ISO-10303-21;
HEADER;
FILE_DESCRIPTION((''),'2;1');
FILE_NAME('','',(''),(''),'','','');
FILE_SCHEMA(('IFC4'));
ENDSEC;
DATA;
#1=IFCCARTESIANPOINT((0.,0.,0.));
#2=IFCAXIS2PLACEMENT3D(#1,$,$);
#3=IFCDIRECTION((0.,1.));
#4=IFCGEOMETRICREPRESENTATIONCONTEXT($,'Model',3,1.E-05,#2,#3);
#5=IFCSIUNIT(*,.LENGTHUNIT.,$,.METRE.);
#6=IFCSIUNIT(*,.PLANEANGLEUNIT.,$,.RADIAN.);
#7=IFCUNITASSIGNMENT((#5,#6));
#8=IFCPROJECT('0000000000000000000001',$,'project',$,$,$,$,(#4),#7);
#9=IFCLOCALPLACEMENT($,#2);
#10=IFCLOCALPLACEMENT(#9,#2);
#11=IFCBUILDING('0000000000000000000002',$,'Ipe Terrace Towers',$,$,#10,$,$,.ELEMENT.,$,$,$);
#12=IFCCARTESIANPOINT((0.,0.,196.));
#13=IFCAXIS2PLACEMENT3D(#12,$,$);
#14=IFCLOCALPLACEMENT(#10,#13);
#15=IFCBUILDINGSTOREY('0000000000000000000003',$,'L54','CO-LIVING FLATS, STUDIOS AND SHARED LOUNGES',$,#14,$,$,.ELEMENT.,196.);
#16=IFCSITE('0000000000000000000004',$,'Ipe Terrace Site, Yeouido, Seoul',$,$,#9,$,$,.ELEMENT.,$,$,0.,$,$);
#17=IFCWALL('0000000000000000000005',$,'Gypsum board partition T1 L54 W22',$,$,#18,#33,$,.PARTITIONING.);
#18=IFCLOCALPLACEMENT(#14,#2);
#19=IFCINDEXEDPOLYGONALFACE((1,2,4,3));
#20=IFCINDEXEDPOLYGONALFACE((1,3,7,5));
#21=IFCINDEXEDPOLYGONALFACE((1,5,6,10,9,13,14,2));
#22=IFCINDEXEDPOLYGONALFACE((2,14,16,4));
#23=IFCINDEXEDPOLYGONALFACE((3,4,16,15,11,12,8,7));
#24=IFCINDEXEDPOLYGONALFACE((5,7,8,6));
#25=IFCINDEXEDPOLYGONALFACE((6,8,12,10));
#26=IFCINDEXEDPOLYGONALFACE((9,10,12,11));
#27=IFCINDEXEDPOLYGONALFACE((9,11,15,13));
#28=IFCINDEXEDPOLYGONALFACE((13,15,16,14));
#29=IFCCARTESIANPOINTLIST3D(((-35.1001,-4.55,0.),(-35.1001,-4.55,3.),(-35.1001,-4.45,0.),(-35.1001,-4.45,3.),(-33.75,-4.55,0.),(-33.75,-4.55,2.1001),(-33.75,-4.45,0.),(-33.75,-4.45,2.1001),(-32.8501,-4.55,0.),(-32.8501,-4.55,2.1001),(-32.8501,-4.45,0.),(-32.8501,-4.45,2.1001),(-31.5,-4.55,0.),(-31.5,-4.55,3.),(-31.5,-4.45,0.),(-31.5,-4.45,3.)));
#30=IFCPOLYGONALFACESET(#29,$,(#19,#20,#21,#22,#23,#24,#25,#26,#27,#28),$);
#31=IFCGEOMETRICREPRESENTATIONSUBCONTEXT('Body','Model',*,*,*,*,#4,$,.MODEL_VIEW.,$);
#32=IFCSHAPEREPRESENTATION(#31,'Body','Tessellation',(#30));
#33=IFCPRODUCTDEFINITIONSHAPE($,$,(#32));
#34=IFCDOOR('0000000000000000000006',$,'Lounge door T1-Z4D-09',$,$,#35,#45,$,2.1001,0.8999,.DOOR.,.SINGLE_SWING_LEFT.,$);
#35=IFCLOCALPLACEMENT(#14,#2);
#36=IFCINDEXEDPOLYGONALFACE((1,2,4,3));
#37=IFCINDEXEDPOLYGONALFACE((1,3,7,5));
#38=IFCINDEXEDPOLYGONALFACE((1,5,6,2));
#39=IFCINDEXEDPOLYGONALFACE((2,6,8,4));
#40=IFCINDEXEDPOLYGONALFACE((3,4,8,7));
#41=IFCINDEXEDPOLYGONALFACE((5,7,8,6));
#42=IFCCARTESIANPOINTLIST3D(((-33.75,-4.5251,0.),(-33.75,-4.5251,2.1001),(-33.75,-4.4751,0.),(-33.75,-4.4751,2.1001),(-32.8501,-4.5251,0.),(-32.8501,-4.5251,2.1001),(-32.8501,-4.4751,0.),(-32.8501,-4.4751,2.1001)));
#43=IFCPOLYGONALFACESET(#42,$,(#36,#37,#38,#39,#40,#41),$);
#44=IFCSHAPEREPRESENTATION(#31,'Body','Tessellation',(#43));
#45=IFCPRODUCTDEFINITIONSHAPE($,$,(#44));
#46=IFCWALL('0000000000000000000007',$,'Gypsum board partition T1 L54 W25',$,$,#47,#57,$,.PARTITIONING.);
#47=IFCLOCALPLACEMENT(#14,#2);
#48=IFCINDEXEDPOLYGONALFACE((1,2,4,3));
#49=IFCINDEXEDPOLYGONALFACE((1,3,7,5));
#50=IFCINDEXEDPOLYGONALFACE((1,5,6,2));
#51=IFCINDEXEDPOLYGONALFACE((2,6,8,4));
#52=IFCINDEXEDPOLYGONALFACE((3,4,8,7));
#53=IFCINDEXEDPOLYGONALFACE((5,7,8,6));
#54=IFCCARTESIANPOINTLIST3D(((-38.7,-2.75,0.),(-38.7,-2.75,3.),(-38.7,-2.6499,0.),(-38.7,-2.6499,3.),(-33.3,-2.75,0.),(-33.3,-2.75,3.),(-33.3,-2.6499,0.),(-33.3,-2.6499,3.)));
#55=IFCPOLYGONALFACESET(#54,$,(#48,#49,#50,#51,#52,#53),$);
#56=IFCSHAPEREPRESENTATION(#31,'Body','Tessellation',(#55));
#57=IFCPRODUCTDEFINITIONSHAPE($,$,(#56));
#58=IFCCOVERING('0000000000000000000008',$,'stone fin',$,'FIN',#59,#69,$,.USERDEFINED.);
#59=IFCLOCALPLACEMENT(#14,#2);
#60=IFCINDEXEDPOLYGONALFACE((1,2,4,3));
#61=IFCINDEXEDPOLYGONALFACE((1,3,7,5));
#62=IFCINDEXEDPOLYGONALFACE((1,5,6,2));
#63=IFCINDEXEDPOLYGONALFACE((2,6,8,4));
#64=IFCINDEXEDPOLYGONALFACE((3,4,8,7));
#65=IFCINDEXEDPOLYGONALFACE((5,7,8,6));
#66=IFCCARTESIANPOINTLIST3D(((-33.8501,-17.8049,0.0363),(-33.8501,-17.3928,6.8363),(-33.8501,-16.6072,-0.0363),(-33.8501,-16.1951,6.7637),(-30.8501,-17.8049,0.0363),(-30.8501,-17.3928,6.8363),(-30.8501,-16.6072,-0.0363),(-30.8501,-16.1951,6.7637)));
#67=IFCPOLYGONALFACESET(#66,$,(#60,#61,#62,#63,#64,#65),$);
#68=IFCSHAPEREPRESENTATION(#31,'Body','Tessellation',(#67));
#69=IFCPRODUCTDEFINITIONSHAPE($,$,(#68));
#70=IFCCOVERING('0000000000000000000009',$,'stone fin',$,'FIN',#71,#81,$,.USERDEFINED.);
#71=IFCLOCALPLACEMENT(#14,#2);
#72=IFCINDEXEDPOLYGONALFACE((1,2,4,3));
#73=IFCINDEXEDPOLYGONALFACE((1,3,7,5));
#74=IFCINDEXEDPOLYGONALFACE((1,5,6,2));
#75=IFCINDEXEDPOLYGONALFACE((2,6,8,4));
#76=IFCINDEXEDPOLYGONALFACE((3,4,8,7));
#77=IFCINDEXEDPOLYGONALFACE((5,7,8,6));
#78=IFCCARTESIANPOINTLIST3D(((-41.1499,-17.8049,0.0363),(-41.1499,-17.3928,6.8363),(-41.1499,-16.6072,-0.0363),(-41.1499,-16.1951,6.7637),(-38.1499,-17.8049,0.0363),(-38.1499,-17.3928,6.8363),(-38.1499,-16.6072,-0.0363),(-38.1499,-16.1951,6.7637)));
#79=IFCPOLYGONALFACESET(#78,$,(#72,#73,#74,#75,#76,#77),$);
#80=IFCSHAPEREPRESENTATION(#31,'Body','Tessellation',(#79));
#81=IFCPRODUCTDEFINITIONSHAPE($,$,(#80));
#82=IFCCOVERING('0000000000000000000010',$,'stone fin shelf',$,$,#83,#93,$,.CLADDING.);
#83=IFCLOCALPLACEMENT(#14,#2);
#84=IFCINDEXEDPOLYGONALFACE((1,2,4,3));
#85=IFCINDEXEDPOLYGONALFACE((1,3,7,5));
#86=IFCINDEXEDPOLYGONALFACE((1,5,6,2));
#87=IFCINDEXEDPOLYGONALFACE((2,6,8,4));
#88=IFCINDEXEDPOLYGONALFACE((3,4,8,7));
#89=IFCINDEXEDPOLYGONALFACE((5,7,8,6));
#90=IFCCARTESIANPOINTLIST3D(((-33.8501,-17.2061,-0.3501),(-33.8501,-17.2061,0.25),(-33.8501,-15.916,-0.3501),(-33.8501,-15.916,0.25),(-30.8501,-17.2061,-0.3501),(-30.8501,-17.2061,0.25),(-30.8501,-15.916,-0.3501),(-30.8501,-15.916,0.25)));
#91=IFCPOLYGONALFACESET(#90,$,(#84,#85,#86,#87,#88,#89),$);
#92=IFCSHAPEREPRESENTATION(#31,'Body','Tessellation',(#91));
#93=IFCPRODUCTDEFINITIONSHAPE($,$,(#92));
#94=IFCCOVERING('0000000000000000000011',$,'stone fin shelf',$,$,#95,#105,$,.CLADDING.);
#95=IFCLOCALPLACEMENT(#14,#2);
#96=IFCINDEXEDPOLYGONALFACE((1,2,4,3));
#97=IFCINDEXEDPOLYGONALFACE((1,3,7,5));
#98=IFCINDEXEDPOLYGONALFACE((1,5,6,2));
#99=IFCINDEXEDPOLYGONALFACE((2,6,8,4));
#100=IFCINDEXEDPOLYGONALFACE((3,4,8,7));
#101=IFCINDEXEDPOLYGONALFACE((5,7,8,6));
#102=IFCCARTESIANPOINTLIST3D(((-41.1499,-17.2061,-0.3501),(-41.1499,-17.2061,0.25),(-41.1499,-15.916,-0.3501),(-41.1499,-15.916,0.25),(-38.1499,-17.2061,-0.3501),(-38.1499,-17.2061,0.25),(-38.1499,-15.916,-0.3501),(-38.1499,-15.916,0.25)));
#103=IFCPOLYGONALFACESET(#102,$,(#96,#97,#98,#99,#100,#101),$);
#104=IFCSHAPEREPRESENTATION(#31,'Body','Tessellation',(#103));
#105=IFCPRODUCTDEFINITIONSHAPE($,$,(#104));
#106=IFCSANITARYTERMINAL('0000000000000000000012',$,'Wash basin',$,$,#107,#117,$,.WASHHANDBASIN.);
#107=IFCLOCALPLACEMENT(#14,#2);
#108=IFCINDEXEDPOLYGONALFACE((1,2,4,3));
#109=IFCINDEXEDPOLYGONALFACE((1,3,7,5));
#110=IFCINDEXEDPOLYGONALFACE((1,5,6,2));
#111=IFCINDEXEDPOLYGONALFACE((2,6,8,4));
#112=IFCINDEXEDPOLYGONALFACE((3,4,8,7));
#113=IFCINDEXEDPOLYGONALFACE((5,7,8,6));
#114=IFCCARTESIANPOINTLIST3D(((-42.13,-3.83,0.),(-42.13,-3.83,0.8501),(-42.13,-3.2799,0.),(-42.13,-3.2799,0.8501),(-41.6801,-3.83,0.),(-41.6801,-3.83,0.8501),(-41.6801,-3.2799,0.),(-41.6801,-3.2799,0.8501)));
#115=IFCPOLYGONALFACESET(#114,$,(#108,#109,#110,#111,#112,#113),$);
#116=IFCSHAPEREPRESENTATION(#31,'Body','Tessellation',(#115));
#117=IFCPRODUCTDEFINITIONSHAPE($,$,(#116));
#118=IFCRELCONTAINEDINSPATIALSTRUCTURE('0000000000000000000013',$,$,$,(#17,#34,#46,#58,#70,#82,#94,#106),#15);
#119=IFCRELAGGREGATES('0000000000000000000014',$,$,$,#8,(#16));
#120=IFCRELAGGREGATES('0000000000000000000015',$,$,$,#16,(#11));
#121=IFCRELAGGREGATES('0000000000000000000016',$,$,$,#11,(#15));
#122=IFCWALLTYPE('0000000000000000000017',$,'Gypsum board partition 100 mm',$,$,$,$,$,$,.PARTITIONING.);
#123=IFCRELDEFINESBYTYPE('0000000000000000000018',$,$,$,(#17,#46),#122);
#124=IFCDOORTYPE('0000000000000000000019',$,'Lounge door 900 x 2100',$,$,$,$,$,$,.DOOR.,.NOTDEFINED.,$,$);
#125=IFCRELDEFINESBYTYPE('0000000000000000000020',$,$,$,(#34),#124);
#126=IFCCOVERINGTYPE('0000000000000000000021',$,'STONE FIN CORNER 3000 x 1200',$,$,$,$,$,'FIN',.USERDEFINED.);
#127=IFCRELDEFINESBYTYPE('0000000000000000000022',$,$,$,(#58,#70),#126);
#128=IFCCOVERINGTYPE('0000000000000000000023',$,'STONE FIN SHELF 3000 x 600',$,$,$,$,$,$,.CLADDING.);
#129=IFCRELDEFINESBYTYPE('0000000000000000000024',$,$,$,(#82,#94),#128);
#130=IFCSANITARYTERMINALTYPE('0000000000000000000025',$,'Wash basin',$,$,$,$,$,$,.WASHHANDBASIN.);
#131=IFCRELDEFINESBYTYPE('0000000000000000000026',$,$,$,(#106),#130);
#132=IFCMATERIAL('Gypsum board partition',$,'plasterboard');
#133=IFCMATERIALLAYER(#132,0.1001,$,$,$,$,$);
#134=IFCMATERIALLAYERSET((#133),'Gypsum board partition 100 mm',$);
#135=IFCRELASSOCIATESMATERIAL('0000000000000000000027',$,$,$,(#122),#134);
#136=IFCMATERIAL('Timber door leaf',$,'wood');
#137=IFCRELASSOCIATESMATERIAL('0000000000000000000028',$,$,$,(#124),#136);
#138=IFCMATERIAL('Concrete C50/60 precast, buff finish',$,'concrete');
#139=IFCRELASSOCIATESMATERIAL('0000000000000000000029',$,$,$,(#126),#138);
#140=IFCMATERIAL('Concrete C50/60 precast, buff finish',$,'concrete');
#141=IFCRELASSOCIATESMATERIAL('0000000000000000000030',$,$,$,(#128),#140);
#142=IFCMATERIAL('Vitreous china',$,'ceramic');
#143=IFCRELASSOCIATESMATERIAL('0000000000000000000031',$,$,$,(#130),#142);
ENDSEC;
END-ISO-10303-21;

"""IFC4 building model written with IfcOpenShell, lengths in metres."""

from ifc_helpers import new_model, si_unit, direction, frame, frame_2d, origin, origin_2d, place, context, subcontext, project, spatial, rectangle, extrude, material, layer, layer_set, material_profile, profile_set, type_object, element, fill, save


model = new_model("IFC4")

# Units and contexts
model_context = context("Model", 3, precision=1e-05, world=origin(), true_north=direction((0.0, 1.0)))
body_context = subcontext(model_context, "Body", "Model", "MODEL_VIEW")
ifc_project = project(units=[si_unit("LENGTHUNIT", "METRE"), si_unit("PLANEANGLEUNIT", "RADIAN")], contexts=[model_context])

# Site, building, storey
site_placement = place(None, origin())
site = spatial("IfcSite", under=ifc_project, at=site_placement, Name="Ipe Terrace Site, Yeouido, Seoul", CompositionType="ELEMENT", RefElevation=0.0)
building_placement = place(site_placement, origin())
building = spatial("IfcBuilding", under=site, at=building_placement, Name="Ipe Terrace Towers", CompositionType="ELEMENT")
storey_placement = place(building_placement, frame((0.0, 0.0, 196.0)))
storey = spatial("IfcBuildingStorey", under=building, at=storey_placement, Name="L54", Description="CO-LIVING FLATS, STUDIOS AND SHARED LOUNGES", CompositionType="ELEMENT", Elevation=196.0)

# Shared definitions
ifc_material_1 = material(Name="Gypsum board partition", Category="plasterboard")
ifc_layer_1 = layer(ifc_material_1, 0.1001)
ifc_layer_set_1 = layer_set([ifc_layer_1], Name="Gypsum board partition 100 mm")
wall_type_1 = type_object("IfcWallType", Name="Gypsum board partition 100 mm", PredefinedType="PARTITIONING", material=ifc_layer_set_1)

# Shared definitions
ifc_material_2 = material(Name="Timber door leaf", Category="wood")
door_type = type_object("IfcDoorType", Name="Lounge door 900 x 2100", OperationType="NOTDEFINED", PredefinedType="DOOR", material=ifc_material_2)

# Wall, opening, door
wall_1_placement = place(storey_placement, frame((-35.1001, -4.5, 0.0), z_axis=(0.0, 0.0, 1.0), x_axis=(1.0, 0.0, 0.0)))
wall_1 = element("IfcWall", 1, at=wall_1_placement, inside=storey, type_object=wall_type_1, Name="Gypsum board partition T1 L54 W22", PredefinedType="PARTITIONING", context=body_context, shape_type="SweptSolid", body=[
    extrude(rectangle(XDim=3.6001, YDim=0.1001, at=frame_2d((1.8, 0.0))), origin(), (0.0, 0.0, 1.0), 3.0),
])
opening_1_placement = place(wall_1_placement, frame((1.3501, 0.0, 0.0)))
opening_1 = element("IfcOpeningElement", 2, at=opening_1_placement, cuts=wall_1, PredefinedType="OPENING", context=body_context, shape_type="SweptSolid", body=[
    extrude(rectangle(XDim=0.8999, YDim=2.1001, at=frame_2d((0.45, 1.05))), frame((0.0, 0.0601, 0.0), z_axis=(0.0, -1.0, 0.0), x_axis=(1.0, 0.0, 0.0)), (0.0, 0.0, 1.0), 0.1201),
])
door_1_placement = place(opening_1_placement, origin())
door_1 = element("IfcDoor", 3, at=door_1_placement, inside=storey, type_object=door_type, Name="Lounge door T1-Z4D-09", OperationType="SINGLE_SWING_LEFT", OverallHeight=2.1001, OverallWidth=0.8999, PredefinedType="DOOR", context=body_context, shape_type="SweptSolid", body=[
    extrude(rectangle(XDim=0.8999, YDim=2.1001, at=frame_2d((0.45, 1.05))), frame((0.0, 0.0249, 0.0), z_axis=(0.0, -1.0, 0.0), x_axis=(1.0, 0.0, 0.0)), (0.0, 0.0, 1.0), 0.05),
])
fill(opening_1, door_1)

# Wall
wall_2_placement = place(storey_placement, frame((-38.7, -2.7, 0.0), z_axis=(0.0, 0.0, 1.0), x_axis=(1.0, 0.0, 0.0)))
element("IfcWall", 4, at=wall_2_placement, inside=storey, type_object=wall_type_1, Name="Gypsum board partition T1 L54 W25", PredefinedType="PARTITIONING", context=body_context, shape_type="SweptSolid", body=[
    extrude(rectangle(XDim=5.3999, YDim=0.1001, at=frame_2d((2.7, 0.0))), origin(), (0.0, 0.0, 1.0), 3.0),
])

# Coverings
ifc_material_3 = material(Name="Concrete C50/60 precast, buff finish", Category="concrete")
ifc_material_profile_1 = material_profile(ifc_material_3, rectangle(XDim=3.0, YDim=1.2, at=origin_2d()), Name="STONE FIN CORNER 3000 x 1200")
ifc_profile_set_1 = profile_set([ifc_material_profile_1], Name="Concrete C50/60 precast, buff finish")
covering_type_1 = type_object("IfcCoveringType", Name="STONE FIN CORNER 3000 x 1200", ElementType="FIN", PredefinedType="USERDEFINED", material=ifc_profile_set_1)
for number, where, z_axis, x_axis, name in (
    (5, (-32.3501, -17.2061, 0.0), (0.0, 0.060493, 0.998169), (1.0, 0.0, 0.0), "stone fin"),
    (6, (-39.6499, -17.2061, 0.0), (0.0, 0.060493, 0.998169), (1.0, 0.0, 0.0), "stone fin"),
):
    element("IfcCovering", number, at=place(storey_placement, frame(where, z_axis=z_axis, x_axis=x_axis)), inside=storey, type_object=covering_type_1, Name=name, ObjectType="FIN", PredefinedType="USERDEFINED", context=body_context, shape_type="SweptSolid", body=[
        extrude(rectangle(XDim=3.0, YDim=1.2, at=origin_2d()), origin(), (0.0, 0.0, 1.0), 6.8125),
    ])
ifc_material_4 = material(Name="Concrete C50/60 precast, buff finish", Category="concrete")
covering_type_2 = type_object("IfcCoveringType", Name="STONE FIN SHELF 3000 x 600", PredefinedType="CLADDING", material=ifc_material_4)
for number, where, z_axis, x_axis, name in (
    (7, (-32.3501, -16.561, -0.3501), (0.0, 0.0, 1.0), (1.0, 0.0, 0.0), "stone fin shelf"),
    (8, (-39.6499, -16.561, -0.3501), (0.0, 0.0, 1.0), (1.0, 0.0, 0.0), "stone fin shelf"),
):
    element("IfcCovering", number, at=place(storey_placement, frame(where, z_axis=z_axis, x_axis=x_axis)), inside=storey, type_object=covering_type_2, Name=name, PredefinedType="CLADDING", context=body_context, shape_type="SweptSolid", body=[
        extrude(rectangle(XDim=3.0, YDim=1.29, at=origin_2d()), origin(), (0.0, 0.0, 1.0), 0.6001),
    ])

# Sanitary terminal
ifc_material_5 = material(Name="Vitreous china", Category="ceramic")
sanitary_terminal_type = type_object("IfcSanitaryTerminalType", Name="Wash basin", PredefinedType="WASHHANDBASIN", material=ifc_material_5)
sanitary_terminal_placement = place(storey_placement, frame((-41.905, -3.5549, 0.0), z_axis=(0.0, 0.0, 1.0), x_axis=(0.0, 1.0, 0.0)))
element("IfcSanitaryTerminal", 9, at=sanitary_terminal_placement, inside=storey, type_object=sanitary_terminal_type, Name="Wash basin", PredefinedType="WASHHANDBASIN", context=body_context, shape_type="SweptSolid", body=[
    extrude(rectangle(XDim=0.55, YDim=0.45, at=origin_2d()), origin(), (0.0, 0.0, 1.0), 0.8501),
])

save(model, "model.ifc")
